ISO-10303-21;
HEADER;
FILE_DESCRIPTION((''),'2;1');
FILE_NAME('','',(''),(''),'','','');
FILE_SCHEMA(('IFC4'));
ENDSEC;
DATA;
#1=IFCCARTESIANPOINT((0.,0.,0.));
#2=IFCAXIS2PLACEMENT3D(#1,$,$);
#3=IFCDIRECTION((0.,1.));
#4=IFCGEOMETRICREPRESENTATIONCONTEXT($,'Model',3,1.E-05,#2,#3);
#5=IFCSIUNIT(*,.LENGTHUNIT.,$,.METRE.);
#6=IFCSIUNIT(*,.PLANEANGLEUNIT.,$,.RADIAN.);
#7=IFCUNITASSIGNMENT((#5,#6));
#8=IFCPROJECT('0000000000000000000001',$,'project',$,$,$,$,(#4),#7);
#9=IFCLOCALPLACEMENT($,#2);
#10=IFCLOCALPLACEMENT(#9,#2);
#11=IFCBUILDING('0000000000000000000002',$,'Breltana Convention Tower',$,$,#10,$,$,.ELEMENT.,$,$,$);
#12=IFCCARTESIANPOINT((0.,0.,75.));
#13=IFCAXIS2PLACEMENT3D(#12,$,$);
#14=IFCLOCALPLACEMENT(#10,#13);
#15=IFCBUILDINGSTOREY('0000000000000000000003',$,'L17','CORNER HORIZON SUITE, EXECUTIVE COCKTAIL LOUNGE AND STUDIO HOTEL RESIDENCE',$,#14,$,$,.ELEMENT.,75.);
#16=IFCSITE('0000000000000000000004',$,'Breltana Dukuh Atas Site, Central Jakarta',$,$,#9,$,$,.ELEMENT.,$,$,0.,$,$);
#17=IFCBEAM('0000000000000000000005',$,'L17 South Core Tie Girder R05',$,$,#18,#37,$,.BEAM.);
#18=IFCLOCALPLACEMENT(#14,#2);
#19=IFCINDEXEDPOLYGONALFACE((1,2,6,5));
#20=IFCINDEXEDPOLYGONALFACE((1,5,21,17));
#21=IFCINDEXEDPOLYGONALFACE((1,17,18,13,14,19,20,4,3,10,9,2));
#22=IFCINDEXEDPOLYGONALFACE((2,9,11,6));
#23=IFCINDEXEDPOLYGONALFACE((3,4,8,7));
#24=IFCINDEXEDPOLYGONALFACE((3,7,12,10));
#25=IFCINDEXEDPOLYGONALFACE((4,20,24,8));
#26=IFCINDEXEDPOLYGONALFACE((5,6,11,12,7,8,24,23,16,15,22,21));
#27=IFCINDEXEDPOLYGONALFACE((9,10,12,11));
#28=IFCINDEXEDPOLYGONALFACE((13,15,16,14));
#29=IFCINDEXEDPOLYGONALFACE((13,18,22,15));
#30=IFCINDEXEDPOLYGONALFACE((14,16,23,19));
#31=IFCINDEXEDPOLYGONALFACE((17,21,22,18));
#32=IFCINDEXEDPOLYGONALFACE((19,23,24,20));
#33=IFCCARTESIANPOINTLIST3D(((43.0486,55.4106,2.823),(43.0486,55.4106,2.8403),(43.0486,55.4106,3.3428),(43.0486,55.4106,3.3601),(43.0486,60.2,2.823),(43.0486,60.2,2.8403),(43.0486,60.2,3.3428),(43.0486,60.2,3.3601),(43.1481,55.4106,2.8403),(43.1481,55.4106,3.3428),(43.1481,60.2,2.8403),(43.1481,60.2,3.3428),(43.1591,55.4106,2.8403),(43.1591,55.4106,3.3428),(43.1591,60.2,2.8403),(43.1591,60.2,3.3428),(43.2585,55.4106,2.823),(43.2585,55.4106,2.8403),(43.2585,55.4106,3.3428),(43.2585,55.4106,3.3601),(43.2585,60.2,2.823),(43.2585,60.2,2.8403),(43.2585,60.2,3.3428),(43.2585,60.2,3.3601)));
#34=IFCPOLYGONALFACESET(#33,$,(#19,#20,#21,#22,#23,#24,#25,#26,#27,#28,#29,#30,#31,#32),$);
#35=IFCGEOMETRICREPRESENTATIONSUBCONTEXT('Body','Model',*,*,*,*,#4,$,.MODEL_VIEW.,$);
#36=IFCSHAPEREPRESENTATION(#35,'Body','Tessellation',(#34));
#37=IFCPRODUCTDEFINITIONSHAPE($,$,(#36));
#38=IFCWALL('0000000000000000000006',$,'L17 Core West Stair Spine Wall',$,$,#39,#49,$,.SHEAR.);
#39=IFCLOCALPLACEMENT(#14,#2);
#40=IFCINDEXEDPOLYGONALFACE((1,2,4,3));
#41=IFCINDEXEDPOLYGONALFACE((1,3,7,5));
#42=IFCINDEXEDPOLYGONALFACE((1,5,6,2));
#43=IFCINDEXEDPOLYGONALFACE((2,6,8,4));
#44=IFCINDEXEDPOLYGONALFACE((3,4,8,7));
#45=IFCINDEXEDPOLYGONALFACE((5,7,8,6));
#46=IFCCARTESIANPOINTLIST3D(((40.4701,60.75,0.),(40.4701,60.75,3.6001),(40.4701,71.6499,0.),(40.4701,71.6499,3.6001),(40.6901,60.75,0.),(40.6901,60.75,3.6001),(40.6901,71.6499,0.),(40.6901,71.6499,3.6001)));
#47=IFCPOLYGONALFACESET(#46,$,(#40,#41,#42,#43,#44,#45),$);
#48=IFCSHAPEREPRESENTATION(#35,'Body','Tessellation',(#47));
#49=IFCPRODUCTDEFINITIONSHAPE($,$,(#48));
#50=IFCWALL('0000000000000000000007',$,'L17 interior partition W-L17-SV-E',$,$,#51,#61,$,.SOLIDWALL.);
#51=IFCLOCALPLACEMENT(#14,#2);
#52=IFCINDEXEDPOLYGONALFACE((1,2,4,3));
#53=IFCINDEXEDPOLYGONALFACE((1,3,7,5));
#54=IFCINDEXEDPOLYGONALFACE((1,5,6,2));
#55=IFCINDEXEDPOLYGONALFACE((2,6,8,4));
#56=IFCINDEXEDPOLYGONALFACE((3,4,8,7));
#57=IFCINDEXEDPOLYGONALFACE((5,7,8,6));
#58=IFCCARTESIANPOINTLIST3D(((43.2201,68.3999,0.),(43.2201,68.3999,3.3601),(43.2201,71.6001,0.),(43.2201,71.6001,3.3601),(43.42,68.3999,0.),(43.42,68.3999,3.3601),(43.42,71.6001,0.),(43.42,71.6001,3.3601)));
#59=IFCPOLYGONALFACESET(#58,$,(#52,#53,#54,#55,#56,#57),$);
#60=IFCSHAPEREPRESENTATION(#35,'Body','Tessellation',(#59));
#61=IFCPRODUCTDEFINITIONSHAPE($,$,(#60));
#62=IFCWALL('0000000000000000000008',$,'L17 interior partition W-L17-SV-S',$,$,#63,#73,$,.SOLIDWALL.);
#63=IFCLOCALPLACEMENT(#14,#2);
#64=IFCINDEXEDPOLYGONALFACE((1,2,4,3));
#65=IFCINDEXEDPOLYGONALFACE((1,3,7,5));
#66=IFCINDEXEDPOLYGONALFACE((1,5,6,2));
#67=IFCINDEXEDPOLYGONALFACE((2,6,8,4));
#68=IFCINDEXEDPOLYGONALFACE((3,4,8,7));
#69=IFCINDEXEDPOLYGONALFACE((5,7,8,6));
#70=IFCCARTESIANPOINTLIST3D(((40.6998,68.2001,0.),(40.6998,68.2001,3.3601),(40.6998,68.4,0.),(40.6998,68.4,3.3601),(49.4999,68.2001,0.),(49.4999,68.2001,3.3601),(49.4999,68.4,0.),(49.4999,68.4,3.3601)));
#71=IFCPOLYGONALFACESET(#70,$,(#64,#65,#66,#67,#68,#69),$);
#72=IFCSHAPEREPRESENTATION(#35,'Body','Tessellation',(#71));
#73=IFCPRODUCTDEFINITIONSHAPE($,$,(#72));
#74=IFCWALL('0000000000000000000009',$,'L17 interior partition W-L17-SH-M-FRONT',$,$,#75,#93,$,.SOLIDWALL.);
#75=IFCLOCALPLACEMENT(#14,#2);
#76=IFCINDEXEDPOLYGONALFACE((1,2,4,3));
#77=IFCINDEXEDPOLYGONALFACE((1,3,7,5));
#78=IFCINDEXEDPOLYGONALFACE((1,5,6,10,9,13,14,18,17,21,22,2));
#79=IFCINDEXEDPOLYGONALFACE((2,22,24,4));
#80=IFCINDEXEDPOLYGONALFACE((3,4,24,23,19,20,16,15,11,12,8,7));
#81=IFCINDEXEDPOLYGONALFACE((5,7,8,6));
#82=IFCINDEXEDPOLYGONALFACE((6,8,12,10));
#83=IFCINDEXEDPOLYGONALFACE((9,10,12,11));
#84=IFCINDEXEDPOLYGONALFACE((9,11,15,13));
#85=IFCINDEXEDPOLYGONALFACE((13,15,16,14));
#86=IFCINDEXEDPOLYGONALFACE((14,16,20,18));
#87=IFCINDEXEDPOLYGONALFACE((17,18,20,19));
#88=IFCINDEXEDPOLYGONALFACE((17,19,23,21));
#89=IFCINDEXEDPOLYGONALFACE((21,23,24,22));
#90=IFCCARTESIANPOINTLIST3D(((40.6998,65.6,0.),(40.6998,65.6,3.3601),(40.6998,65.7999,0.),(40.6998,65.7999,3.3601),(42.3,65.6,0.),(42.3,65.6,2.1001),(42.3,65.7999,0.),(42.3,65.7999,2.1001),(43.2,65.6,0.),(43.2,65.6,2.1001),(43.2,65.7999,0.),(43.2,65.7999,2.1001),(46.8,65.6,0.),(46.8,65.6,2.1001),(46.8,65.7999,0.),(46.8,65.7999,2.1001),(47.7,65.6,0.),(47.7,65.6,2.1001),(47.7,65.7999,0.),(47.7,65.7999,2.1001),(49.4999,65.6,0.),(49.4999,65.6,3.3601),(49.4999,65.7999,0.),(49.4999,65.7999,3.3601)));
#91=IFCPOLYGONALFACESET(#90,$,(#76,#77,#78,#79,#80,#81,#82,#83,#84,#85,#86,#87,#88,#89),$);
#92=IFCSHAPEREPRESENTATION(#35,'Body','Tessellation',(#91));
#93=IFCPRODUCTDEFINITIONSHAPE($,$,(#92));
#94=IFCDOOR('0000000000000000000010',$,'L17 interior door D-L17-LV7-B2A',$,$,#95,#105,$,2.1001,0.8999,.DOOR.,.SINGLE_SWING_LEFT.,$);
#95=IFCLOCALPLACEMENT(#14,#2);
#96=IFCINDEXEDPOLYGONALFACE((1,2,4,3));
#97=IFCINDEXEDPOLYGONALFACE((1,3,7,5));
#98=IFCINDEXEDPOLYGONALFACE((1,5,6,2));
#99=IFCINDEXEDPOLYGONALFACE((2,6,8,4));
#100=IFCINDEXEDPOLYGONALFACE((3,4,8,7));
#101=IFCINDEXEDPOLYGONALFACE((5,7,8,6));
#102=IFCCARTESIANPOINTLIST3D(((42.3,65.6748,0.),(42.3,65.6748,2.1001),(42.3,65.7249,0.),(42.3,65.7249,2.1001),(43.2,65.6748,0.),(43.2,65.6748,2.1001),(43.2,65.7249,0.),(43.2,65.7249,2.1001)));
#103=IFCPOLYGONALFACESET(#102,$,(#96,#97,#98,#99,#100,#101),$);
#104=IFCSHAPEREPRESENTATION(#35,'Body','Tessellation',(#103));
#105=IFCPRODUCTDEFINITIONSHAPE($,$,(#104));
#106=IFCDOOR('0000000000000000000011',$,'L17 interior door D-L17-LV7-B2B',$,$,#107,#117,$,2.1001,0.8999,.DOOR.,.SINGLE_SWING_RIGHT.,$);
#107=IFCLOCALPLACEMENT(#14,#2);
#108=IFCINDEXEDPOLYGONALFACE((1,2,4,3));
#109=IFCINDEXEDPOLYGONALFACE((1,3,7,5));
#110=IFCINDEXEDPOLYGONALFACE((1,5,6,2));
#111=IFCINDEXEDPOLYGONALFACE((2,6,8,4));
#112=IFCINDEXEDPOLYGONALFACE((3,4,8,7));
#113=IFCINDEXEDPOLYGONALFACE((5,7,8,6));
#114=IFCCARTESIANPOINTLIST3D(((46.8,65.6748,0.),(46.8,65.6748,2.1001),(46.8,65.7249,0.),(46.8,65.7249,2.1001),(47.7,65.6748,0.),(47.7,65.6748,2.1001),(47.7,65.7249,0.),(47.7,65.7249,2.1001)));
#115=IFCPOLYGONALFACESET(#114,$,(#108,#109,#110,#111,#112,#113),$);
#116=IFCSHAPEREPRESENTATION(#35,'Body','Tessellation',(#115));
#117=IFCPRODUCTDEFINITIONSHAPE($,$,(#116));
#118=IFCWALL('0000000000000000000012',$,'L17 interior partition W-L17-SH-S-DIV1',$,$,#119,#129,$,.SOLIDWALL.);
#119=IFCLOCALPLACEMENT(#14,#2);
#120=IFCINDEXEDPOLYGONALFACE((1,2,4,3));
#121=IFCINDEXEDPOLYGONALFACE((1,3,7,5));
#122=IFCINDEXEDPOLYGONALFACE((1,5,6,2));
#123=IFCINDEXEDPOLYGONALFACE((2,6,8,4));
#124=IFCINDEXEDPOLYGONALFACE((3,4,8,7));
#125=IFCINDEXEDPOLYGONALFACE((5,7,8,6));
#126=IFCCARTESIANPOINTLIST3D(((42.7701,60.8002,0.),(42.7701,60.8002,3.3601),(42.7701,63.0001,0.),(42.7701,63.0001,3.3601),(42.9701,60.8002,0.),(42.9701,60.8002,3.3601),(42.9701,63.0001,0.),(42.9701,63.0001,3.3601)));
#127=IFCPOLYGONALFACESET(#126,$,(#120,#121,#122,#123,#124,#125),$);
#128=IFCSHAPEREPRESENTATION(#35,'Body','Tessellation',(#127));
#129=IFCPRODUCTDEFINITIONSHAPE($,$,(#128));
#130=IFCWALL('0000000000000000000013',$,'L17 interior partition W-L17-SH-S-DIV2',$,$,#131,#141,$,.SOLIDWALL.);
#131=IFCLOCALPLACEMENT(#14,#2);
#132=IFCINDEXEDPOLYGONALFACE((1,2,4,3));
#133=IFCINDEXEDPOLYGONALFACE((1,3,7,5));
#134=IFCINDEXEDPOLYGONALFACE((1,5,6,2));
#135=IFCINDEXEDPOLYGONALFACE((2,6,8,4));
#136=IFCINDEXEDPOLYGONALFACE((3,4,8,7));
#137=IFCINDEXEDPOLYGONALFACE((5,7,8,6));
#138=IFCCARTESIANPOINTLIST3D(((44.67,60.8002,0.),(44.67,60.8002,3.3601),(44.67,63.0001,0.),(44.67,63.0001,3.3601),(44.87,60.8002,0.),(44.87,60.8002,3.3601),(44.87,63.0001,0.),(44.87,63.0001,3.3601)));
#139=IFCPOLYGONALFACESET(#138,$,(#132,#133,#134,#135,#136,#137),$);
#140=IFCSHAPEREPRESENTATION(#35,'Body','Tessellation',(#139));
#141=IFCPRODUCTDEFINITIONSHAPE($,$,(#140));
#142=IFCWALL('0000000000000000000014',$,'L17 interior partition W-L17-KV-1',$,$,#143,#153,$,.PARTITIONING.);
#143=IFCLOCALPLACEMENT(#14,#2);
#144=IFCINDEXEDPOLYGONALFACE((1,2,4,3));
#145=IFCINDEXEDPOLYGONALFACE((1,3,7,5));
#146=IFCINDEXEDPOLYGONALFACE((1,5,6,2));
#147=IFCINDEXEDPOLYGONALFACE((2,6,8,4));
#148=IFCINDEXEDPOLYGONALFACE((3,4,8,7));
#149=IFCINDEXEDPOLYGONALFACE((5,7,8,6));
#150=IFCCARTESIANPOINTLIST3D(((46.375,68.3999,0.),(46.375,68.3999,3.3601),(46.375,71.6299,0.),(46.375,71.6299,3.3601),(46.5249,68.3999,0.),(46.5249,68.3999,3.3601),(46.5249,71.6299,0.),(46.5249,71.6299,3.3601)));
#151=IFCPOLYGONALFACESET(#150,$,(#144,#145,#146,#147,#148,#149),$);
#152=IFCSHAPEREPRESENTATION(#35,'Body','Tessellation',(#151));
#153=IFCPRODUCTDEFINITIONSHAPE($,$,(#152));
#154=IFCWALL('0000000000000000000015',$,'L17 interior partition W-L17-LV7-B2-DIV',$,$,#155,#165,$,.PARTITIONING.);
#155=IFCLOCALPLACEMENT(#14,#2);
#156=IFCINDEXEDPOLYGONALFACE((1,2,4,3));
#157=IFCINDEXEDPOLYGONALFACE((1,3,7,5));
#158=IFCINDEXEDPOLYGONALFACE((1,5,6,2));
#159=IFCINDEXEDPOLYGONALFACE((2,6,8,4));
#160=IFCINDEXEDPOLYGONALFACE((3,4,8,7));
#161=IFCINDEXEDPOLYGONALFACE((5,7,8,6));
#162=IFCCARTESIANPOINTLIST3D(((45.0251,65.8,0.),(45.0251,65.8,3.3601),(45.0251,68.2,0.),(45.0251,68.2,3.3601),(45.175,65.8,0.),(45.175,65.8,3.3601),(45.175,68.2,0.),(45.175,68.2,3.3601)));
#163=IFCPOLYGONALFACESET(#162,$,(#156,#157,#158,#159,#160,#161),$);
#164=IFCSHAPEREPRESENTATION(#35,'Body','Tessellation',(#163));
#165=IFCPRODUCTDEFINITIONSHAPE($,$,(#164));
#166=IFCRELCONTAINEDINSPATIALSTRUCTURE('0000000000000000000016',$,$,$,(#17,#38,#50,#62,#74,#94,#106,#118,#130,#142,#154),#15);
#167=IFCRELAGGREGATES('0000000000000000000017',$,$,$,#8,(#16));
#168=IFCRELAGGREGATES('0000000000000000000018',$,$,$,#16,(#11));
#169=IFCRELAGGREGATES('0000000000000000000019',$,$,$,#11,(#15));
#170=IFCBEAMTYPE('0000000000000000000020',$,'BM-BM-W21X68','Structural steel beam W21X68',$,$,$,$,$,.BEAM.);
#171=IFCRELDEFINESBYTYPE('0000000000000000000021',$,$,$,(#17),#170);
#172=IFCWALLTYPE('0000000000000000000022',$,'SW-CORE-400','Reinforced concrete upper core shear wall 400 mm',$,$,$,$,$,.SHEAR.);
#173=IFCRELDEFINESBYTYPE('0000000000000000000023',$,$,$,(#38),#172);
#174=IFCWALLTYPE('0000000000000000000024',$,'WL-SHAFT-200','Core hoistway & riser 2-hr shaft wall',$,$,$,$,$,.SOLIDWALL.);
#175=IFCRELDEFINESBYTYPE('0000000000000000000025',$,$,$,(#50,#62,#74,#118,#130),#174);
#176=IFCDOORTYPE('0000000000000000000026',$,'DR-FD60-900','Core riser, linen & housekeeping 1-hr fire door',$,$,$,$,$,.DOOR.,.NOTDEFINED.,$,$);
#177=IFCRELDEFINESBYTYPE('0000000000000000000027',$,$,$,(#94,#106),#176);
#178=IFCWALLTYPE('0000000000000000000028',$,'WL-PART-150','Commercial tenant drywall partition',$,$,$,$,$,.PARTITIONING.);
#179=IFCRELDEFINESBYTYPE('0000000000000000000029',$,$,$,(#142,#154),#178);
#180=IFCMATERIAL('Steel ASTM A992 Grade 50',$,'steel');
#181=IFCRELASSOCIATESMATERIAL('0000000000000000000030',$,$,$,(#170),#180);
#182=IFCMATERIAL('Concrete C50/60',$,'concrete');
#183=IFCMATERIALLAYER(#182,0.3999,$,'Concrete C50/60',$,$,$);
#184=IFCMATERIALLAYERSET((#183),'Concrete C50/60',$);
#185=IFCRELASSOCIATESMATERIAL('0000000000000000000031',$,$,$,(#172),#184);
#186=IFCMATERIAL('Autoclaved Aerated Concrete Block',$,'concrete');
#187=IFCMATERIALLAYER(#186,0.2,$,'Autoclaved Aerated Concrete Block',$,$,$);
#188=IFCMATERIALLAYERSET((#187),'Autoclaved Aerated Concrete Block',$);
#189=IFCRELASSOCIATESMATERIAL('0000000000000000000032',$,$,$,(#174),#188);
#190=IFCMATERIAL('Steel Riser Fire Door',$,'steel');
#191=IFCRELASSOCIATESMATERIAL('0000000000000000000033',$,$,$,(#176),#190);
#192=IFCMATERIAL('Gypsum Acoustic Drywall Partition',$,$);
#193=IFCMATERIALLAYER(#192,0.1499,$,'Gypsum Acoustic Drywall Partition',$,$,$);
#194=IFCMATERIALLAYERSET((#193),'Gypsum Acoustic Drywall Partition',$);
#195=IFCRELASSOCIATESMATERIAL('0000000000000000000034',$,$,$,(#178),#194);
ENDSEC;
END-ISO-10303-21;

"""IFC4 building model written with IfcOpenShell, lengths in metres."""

from ifc_helpers import new_model, si_unit, direction, frame, frame_2d, origin, origin_2d, place, context, subcontext, project, spatial, rectangle, i_section, extrude, source, transform, mapped, material, layer, layer_set, material_profile, profile_set, type_object, type_shapes, element, fill, save


model = new_model("IFC4")

# Units and contexts
model_context = context("Model", 3, precision=1e-05, world=origin(), true_north=direction((0.0, 1.0)))
body_context = subcontext(model_context, "Body", "Model", "MODEL_VIEW")
ifc_project = project(units=[si_unit("LENGTHUNIT", "METRE"), si_unit("PLANEANGLEUNIT", "RADIAN")], contexts=[model_context])

# Site, building, storey
site_placement = place(None, origin())
site = spatial("IfcSite", under=ifc_project, at=site_placement, Name="Breltana Dukuh Atas Site, Central Jakarta", CompositionType="ELEMENT", RefElevation=0.0)
building_placement = place(site_placement, origin())
building = spatial("IfcBuilding", under=site, at=building_placement, Name="Breltana Convention Tower", CompositionType="ELEMENT")
storey_placement = place(building_placement, frame((0.0, 0.0, 75.0)))
storey = spatial("IfcBuildingStorey", under=building, at=storey_placement, Name="L17", Description="CORNER HORIZON SUITE, EXECUTIVE COCKTAIL LOUNGE AND STUDIO HOTEL RESIDENCE", CompositionType="ELEMENT", Elevation=75.0)

# Beam
ifc_material_1 = material(Name="Steel ASTM A992 Grade 50", Category="steel")
ifc_material_profile = material_profile(ifc_material_1, i_section(OverallWidth=0.21, OverallDepth=0.5371, WebThickness=0.011, FlangeThickness=0.0173, at=origin_2d()), Name="W21X68")
ifc_profile_set = profile_set([ifc_material_profile], Name="Steel ASTM A992 Grade 50")
beam_type = type_object("IfcBeamType", Name="BM-BM-W21X68", Description="Structural steel beam W21X68", PredefinedType="BEAM", material=ifc_profile_set)
shared_shape_1 = source(origin(), body_context, "Body", "SweptSolid", [
    extrude(i_section(OverallWidth=0.21, OverallDepth=0.5371, WebThickness=0.011, FlangeThickness=0.0173, at=origin_2d()), origin(), (0.0, 0.0, 1.0), 4.7893),
])
beam_placement = place(storey_placement, frame((43.1536, 60.2, 3.0916), z_axis=(0.0, -1.0, 0.0), x_axis=(1.0, 0.0, 0.0)))
element("IfcBeam", 1, at=beam_placement, inside=storey, type_object=beam_type, Name="L17 South Core Tie Girder R05", PredefinedType="BEAM", context=body_context, shape_type="MappedRepresentation", body=[
    mapped(shared_shape_1, transform((0.0, 0.0, 0.0), scale=1.0)),
])

# Walls
ifc_material_2 = material(Name="Concrete C50/60", Category="concrete")
ifc_layer_1 = layer(ifc_material_2, 0.3999, Name="Concrete C50/60")
ifc_layer_set_1 = layer_set([ifc_layer_1], Name="Concrete C50/60")
wall_type_1 = type_object("IfcWallType", Name="SW-CORE-400", Description="Reinforced concrete upper core shear wall 400 mm", PredefinedType="SHEAR", material=ifc_layer_set_1)
shared_shape_2 = source(origin(), body_context, "Body", "SweptSolid", [
    extrude(rectangle(XDim=10.8999, YDim=0.22, at=frame_2d((5.45, 0.0))), origin(), (0.0, 0.0, 1.0), 3.6001),
])
wall_1_placement = place(storey_placement, frame((40.5801, 60.75, 0.0), z_axis=(0.0, 0.0, 1.0), x_axis=(0.0, 1.0, 0.0)))
element("IfcWall", 2, at=wall_1_placement, inside=storey, type_object=wall_type_1, Name="L17 Core West Stair Spine Wall", PredefinedType="SHEAR", context=body_context, shape_type="MappedRepresentation", body=[
    mapped(shared_shape_2, transform((0.0, 0.0, 0.0), scale=1.0)),
])
ifc_material_3 = material(Name="Autoclaved Aerated Concrete Block", Category="concrete")
ifc_layer_2 = layer(ifc_material_3, 0.2, Name="Autoclaved Aerated Concrete Block")
ifc_layer_set_2 = layer_set([ifc_layer_2], Name="Autoclaved Aerated Concrete Block")
wall_type_2 = type_object("IfcWallType", Name="WL-SHAFT-200", Description="Core hoistway & riser 2-hr shaft wall", PredefinedType="SOLIDWALL", material=ifc_layer_set_2)
shared_shape_3 = source(origin(), body_context, "Body", "SweptSolid", [
    extrude(rectangle(XDim=3.2002, YDim=0.2, at=frame_2d((1.6001, 0.0))), origin(), (0.0, 0.0, 1.0), 3.3601),
])
wall_2_placement = place(storey_placement, frame((43.3201, 68.3999, 0.0), z_axis=(0.0, 0.0, 1.0), x_axis=(0.0, 1.0, 0.0)))
element("IfcWall", 3, at=wall_2_placement, inside=storey, type_object=wall_type_2, Name="L17 interior partition W-L17-SV-E", PredefinedType="SOLIDWALL", context=body_context, shape_type="MappedRepresentation", body=[
    mapped(shared_shape_3, transform((0.0, 0.0, 0.0), scale=1.0)),
])
shared_shape_4 = source(origin(), body_context, "Body", "SweptSolid", [
    extrude(rectangle(XDim=8.8, YDim=0.2, at=frame_2d((4.3999, 0.0))), origin(), (0.0, 0.0, 1.0), 3.3601),
])
wall_3_placement = place(storey_placement, frame((40.7, 68.3, 0.0), z_axis=(0.0, 0.0, 1.0), x_axis=(1.0, 0.0, 0.0)))
element("IfcWall", 4, at=wall_3_placement, inside=storey, type_object=wall_type_2, Name="L17 interior partition W-L17-SV-S", PredefinedType="SOLIDWALL", context=body_context, shape_type="MappedRepresentation", body=[
    mapped(shared_shape_4, transform((0.0, 0.0, 0.0), scale=1.0)),
])

# Wall, openings, doors
wall_4_placement = place(storey_placement, frame((40.7, 65.7, 0.0), z_axis=(0.0, 0.0, 1.0), x_axis=(1.0, 0.0, 0.0)))
wall_4 = element("IfcWall", 5, at=wall_4_placement, inside=storey, type_object=wall_type_2, Name="L17 interior partition W-L17-SH-M-FRONT", PredefinedType="SOLIDWALL", context=body_context, shape_type="MappedRepresentation", body=[
    mapped(shared_shape_4, transform((0.0, 0.0, 0.0), scale=1.0)),
])
opening_1_placement = place(wall_4_placement, frame((1.6001, 0.0, 0.0)))
opening_1 = element("IfcOpeningElement", 6, at=opening_1_placement, cuts=wall_4, PredefinedType="OPENING", context=body_context, shape_type="SweptSolid", body=[
    extrude(rectangle(XDim=0.8999, YDim=2.1001, at=frame_2d((0.45, 1.05))), frame((0.0, 0.1099, 0.0), z_axis=(0.0, -1.0, 0.0), x_axis=(1.0, 0.0, 0.0)), (0.0, 0.0, 1.0), 0.22),
])
opening_2_placement = place(wall_4_placement, frame((6.1001, 0.0, 0.0)))
opening_2 = element("IfcOpeningElement", 7, at=opening_2_placement, cuts=wall_4, PredefinedType="OPENING", context=body_context, shape_type="SweptSolid", body=[
    extrude(rectangle(XDim=0.8999, YDim=2.1001, at=frame_2d((0.45, 1.05))), frame((0.0, 0.1099, 0.0), z_axis=(0.0, -1.0, 0.0), x_axis=(1.0, 0.0, 0.0)), (0.0, 0.0, 1.0), 0.22),
])
ifc_material_4 = material(Name="Steel Riser Fire Door", Category="steel")
door_type_1 = type_object("IfcDoorType", Name="DR-FD60-900", Description="Core riser, linen & housekeeping 1-hr fire door", OperationType="NOTDEFINED", PredefinedType="DOOR", material=ifc_material_4)
shared_shape_5 = source(origin(), body_context, "Body", "SweptSolid", [
    extrude(rectangle(XDim=0.8999, YDim=2.1001, at=frame_2d((0.45, 1.05))), frame((0.0, 0.0249, 0.0), z_axis=(0.0, -1.0, 0.0), x_axis=(1.0, 0.0, 0.0)), (0.0, 0.0, 1.0), 0.05),
])
type_shapes(door_type_1, [shared_shape_5])
door_1_placement = place(opening_1_placement, origin())
door_1 = element("IfcDoor", 8, at=door_1_placement, inside=storey, type_object=door_type_1, Name="L17 interior door D-L17-LV7-B2A", OperationType="SINGLE_SWING_LEFT", OverallHeight=2.1001, OverallWidth=0.8999, PredefinedType="DOOR", context=body_context, shape_type="MappedRepresentation", body=[
    mapped(shared_shape_5, transform((0.0, 0.0, 0.0), scale=1.0)),
])
fill(opening_1, door_1)
door_2_placement = place(opening_2_placement, origin())
door_2 = element("IfcDoor", 9, at=door_2_placement, inside=storey, type_object=door_type_1, Name="L17 interior door D-L17-LV7-B2B", OperationType="SINGLE_SWING_RIGHT", OverallHeight=2.1001, OverallWidth=0.8999, PredefinedType="DOOR", context=body_context, shape_type="MappedRepresentation", body=[
    mapped(shared_shape_5, transform((0.0, 0.0, 0.0), scale=1.0)),
])
fill(opening_2, door_2)

# Walls
shared_shape_6 = source(origin(), body_context, "Body", "SweptSolid", [
    extrude(rectangle(XDim=2.2, YDim=0.2, at=frame_2d((1.1001, 0.0))), origin(), (0.0, 0.0, 1.0), 3.3601),
])
for number, where, z_axis, x_axis, name in (
    (10, (42.8701, 60.8, 0.0), (0.0, 0.0, 1.0), (0.0, 1.0, 0.0), "L17 interior partition W-L17-SH-S-DIV1"),
    (11, (44.77, 60.8, 0.0), (0.0, 0.0, 1.0), (0.0, 1.0, 0.0), "L17 interior partition W-L17-SH-S-DIV2"),
):
    element("IfcWall", number, at=place(storey_placement, frame(where, z_axis=z_axis, x_axis=x_axis)), inside=storey, type_object=wall_type_2, Name=name, PredefinedType="SOLIDWALL", context=body_context, shape_type="MappedRepresentation", body=[
        mapped(shared_shape_6, transform((0.0, 0.0, 0.0), scale=1.0)),
    ])
ifc_material_5 = material(Name="Gypsum Acoustic Drywall Partition")
ifc_layer_3 = layer(ifc_material_5, 0.1499, Name="Gypsum Acoustic Drywall Partition")
ifc_layer_set_3 = layer_set([ifc_layer_3], Name="Gypsum Acoustic Drywall Partition")
wall_type_3 = type_object("IfcWallType", Name="WL-PART-150", Description="Commercial tenant drywall partition", PredefinedType="PARTITIONING", material=ifc_layer_set_3)
shared_shape_7 = source(origin(), body_context, "Body", "SweptSolid", [
    extrude(rectangle(XDim=3.23, YDim=0.1499, at=frame_2d((1.615, 0.0))), origin(), (0.0, 0.0, 1.0), 3.3601),
])
wall_5_placement = place(storey_placement, frame((46.45, 68.3999, 0.0), z_axis=(0.0, 0.0, 1.0), x_axis=(0.0, 1.0, 0.0)))
element("IfcWall", 12, at=wall_5_placement, inside=storey, type_object=wall_type_3, Name="L17 interior partition W-L17-KV-1", PredefinedType="PARTITIONING", context=body_context, shape_type="MappedRepresentation", body=[
    mapped(shared_shape_7, transform((0.0, 0.0, 0.0), scale=1.0)),
])
shared_shape_8 = source(origin(), body_context, "Body", "SweptSolid", [
    extrude(rectangle(XDim=2.3999, YDim=0.1499, at=frame_2d((1.2, 0.0))), origin(), (0.0, 0.0, 1.0), 3.3601),
])
wall_6_placement = place(storey_placement, frame((45.1001, 65.8, 0.0), z_axis=(0.0, 0.0, 1.0), x_axis=(0.0, 1.0, 0.0)))
element("IfcWall", 13, at=wall_6_placement, inside=storey, type_object=wall_type_3, Name="L17 interior partition W-L17-LV7-B2-DIV", PredefinedType="PARTITIONING", context=body_context, shape_type="MappedRepresentation", body=[
    mapped(shared_shape_8, transform((0.0, 0.0, 0.0), scale=1.0)),
])

save(model, "model.ifc")
